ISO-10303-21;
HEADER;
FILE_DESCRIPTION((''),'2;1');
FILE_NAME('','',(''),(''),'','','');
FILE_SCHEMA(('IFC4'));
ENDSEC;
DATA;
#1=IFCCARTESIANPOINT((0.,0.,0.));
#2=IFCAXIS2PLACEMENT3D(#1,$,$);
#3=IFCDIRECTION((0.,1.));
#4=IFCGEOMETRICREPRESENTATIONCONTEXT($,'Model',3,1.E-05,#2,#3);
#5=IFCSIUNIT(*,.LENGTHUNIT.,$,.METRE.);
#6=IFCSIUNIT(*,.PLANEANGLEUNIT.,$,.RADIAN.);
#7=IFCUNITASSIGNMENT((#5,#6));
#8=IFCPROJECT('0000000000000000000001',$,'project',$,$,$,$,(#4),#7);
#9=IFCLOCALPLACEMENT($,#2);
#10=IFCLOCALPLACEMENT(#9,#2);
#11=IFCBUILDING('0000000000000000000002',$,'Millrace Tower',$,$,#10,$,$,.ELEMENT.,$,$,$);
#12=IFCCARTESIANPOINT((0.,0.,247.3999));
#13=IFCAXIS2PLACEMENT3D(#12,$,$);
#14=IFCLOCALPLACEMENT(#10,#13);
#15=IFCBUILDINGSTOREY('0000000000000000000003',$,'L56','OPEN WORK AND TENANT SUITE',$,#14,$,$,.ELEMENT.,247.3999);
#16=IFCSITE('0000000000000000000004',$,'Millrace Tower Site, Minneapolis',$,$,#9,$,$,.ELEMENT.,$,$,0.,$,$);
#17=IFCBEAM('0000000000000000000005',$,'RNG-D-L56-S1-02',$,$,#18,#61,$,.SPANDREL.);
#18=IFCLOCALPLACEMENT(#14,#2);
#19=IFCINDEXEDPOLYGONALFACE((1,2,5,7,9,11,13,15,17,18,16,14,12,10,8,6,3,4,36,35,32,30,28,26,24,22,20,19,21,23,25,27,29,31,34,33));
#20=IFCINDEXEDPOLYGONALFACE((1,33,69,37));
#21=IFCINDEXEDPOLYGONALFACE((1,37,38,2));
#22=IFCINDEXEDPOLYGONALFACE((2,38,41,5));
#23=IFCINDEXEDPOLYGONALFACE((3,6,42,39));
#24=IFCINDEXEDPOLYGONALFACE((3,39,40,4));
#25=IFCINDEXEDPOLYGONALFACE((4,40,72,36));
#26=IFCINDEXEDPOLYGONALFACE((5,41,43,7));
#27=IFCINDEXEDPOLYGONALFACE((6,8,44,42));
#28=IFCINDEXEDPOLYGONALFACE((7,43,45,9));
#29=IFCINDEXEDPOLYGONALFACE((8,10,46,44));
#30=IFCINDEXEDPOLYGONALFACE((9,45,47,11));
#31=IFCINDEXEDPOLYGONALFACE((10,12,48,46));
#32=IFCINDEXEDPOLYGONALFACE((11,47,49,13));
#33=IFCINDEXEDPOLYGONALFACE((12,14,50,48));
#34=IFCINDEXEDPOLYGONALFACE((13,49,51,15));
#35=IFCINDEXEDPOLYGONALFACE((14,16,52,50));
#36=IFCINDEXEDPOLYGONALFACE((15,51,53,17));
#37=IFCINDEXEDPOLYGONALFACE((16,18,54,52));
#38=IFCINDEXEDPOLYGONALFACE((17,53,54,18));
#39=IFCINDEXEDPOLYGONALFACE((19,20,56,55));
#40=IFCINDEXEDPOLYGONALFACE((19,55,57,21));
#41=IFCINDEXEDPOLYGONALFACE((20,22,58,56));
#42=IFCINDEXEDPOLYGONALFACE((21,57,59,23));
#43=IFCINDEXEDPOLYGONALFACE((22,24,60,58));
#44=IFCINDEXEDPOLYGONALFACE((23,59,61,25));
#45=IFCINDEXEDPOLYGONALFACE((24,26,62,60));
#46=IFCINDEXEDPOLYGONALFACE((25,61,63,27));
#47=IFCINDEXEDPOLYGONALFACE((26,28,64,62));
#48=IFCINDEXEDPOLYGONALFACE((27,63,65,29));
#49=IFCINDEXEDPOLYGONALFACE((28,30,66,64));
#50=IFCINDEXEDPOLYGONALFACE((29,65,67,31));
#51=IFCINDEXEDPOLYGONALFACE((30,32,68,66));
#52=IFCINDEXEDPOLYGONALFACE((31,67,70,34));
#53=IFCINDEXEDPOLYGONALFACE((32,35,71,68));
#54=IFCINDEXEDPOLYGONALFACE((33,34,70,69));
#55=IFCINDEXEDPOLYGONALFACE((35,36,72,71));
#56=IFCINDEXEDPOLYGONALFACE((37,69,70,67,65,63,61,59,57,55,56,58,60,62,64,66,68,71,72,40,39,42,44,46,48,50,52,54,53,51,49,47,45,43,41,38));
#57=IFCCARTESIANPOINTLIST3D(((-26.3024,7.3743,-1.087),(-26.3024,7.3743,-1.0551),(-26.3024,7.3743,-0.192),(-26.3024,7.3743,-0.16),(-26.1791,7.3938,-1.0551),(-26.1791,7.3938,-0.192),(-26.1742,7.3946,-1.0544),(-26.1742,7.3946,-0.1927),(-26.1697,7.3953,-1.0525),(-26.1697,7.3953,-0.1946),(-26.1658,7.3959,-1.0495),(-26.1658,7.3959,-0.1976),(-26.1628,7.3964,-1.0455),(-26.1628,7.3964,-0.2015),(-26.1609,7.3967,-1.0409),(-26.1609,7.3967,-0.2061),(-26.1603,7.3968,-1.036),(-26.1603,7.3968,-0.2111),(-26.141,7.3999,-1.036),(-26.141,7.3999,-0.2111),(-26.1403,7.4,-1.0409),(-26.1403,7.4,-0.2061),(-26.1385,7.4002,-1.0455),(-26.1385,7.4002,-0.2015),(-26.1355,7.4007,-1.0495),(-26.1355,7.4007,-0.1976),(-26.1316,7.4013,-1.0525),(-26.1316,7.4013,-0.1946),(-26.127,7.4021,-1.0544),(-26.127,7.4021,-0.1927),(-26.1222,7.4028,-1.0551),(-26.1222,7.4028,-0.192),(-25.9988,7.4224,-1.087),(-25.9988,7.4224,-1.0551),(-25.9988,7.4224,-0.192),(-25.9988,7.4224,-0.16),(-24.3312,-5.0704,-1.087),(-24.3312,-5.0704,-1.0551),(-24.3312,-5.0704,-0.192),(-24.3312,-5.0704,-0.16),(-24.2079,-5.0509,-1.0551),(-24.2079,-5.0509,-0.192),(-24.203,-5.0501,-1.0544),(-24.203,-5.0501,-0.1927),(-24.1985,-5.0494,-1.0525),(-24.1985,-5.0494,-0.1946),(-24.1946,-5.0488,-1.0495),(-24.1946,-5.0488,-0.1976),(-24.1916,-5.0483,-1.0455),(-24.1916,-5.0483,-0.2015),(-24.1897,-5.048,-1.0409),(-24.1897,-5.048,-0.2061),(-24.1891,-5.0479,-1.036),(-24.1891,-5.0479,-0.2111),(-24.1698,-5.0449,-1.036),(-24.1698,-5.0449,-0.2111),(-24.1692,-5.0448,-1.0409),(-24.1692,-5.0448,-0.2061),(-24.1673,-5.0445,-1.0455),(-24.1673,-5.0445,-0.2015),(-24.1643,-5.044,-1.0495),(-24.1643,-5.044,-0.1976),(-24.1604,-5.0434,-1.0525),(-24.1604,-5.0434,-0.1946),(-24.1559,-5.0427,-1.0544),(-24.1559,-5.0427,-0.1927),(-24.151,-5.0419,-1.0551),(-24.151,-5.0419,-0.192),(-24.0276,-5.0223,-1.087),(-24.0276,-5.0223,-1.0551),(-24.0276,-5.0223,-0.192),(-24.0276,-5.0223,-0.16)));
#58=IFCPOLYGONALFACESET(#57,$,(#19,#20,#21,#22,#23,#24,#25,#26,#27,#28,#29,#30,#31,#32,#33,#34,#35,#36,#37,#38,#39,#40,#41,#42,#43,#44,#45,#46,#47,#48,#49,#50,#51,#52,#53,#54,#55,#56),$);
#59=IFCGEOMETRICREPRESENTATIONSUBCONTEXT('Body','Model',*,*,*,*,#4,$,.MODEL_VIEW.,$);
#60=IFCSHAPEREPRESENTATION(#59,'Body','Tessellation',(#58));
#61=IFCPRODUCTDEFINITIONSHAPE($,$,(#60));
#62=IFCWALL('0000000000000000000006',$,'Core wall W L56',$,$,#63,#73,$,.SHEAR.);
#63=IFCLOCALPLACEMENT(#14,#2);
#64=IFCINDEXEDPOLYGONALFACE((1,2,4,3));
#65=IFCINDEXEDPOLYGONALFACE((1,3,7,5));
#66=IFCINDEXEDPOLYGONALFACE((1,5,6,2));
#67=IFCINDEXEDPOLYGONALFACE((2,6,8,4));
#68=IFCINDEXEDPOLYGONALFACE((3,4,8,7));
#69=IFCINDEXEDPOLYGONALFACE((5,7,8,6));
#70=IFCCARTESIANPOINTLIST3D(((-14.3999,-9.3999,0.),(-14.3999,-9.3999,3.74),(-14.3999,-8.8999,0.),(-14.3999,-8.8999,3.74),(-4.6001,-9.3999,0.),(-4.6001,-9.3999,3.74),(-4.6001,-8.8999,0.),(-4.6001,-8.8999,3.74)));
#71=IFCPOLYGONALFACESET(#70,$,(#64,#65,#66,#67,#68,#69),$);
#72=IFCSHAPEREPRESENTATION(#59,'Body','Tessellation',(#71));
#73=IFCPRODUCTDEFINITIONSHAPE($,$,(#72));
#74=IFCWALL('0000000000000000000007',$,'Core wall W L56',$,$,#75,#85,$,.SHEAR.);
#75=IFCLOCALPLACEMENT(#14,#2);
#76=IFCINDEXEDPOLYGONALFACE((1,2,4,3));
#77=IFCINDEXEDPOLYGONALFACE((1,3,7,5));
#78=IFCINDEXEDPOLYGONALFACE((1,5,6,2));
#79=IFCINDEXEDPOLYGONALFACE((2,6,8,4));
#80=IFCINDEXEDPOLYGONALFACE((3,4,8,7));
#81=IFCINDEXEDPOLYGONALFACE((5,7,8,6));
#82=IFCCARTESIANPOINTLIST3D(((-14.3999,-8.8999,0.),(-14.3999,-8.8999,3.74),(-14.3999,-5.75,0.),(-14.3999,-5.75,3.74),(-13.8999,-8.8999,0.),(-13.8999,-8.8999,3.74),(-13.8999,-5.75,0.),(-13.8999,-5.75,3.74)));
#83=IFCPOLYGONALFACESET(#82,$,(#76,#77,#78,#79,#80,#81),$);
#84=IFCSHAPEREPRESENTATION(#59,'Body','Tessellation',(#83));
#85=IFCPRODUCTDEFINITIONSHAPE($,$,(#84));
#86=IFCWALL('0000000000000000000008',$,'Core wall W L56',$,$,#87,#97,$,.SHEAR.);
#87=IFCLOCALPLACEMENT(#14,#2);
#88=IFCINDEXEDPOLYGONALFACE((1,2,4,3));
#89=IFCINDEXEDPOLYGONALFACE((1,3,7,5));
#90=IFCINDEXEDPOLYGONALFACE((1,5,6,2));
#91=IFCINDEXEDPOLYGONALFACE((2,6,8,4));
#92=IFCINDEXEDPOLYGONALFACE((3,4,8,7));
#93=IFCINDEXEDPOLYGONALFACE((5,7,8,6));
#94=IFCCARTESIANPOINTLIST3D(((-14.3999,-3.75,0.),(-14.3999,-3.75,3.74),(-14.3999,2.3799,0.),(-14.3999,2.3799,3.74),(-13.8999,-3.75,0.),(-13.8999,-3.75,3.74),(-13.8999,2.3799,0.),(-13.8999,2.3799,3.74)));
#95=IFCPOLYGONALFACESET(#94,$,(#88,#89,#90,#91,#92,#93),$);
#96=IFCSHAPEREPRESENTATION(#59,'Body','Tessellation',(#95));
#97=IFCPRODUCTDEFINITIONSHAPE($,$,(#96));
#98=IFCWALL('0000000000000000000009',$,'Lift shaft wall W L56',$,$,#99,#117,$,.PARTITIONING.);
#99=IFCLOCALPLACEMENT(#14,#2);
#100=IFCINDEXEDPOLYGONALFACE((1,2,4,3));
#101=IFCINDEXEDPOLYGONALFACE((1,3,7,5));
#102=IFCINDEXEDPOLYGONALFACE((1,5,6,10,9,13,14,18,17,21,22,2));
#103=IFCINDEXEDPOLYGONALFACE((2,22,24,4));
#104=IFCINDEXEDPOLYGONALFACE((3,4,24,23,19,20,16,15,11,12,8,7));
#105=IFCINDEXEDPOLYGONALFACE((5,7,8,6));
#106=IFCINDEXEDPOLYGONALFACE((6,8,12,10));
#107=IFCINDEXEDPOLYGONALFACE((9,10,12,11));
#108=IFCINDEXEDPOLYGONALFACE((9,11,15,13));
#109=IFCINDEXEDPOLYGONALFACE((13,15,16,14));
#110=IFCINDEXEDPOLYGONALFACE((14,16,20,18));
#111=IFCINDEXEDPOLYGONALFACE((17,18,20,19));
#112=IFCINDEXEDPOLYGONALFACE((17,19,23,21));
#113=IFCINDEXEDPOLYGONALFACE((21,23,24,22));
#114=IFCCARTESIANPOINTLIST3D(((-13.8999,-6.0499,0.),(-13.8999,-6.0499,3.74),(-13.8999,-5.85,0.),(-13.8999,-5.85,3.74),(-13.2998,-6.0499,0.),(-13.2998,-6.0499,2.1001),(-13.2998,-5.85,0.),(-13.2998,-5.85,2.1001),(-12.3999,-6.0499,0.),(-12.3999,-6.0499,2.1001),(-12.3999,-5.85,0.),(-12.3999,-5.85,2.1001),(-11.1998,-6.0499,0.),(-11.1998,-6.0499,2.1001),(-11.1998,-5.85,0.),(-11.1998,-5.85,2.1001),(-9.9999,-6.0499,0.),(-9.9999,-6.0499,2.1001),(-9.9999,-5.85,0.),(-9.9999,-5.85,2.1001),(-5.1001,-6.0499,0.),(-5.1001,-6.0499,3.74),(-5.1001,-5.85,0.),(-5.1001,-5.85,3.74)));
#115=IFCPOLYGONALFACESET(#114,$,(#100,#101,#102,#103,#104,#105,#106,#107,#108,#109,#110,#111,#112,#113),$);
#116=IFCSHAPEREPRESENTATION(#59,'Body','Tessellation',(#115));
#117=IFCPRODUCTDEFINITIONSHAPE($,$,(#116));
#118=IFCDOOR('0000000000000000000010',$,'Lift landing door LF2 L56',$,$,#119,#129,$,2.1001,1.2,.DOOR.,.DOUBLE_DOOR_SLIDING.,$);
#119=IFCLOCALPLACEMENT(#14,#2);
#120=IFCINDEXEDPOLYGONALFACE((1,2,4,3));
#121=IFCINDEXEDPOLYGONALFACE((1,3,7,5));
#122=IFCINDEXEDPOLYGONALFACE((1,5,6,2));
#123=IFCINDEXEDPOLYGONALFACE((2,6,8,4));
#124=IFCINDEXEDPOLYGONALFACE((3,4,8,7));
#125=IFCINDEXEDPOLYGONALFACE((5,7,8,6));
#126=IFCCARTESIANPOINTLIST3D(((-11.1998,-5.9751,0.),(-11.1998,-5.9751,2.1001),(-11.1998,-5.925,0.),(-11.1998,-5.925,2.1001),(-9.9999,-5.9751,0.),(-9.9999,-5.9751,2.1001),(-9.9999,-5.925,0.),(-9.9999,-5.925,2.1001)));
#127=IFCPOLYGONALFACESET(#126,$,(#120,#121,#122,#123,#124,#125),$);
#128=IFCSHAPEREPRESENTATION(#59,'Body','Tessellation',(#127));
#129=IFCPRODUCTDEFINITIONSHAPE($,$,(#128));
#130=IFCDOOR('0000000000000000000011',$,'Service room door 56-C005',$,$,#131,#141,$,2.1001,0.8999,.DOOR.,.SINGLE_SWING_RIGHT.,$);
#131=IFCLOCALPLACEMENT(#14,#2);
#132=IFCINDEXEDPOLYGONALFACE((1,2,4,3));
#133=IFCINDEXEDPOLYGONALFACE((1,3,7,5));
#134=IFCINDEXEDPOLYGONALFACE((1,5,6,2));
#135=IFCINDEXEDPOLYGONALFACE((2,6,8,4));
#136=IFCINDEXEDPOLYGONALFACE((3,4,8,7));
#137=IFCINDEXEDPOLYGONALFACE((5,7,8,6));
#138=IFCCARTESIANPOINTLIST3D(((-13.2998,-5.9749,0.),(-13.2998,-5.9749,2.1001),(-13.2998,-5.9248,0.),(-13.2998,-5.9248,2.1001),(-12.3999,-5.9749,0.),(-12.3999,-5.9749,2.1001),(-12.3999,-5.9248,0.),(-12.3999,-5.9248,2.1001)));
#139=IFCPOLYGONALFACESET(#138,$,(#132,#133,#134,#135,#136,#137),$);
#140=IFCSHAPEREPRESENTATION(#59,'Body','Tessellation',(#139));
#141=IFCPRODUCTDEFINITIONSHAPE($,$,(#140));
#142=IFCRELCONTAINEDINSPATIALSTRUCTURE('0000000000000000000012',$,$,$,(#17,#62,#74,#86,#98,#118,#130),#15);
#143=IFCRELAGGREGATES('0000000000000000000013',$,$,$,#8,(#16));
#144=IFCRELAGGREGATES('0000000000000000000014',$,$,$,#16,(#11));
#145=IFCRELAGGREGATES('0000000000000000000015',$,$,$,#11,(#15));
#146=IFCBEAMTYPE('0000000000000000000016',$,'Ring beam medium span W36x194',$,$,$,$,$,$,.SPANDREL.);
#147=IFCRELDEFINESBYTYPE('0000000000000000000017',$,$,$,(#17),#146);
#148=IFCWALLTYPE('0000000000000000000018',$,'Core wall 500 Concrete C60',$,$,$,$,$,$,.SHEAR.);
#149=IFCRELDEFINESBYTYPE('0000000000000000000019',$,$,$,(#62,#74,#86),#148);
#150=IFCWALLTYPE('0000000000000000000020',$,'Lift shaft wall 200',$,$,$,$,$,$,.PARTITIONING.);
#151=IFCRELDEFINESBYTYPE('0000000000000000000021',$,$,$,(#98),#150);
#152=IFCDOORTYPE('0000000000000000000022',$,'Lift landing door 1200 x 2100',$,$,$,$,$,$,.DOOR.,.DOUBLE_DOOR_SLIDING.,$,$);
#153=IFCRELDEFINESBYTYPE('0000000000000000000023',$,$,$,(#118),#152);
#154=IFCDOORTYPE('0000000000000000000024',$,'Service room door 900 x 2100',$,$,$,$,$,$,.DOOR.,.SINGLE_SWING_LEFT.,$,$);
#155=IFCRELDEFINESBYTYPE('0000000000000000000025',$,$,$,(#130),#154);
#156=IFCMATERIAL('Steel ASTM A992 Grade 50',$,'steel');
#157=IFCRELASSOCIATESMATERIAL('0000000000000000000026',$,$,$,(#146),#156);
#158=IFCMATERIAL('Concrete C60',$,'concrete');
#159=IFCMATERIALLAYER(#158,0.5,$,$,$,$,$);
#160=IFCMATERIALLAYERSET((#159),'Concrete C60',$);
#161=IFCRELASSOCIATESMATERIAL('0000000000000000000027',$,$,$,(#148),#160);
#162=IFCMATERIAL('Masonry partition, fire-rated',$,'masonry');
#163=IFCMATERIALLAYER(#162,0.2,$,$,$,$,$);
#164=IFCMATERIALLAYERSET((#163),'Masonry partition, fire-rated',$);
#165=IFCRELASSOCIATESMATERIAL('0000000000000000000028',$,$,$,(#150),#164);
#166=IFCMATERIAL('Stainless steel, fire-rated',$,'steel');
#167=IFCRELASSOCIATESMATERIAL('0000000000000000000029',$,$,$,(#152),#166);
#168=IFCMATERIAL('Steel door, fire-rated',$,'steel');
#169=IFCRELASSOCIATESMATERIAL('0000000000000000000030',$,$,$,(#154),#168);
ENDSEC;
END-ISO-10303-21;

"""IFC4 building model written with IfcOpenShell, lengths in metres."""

from ifc_helpers import new_model, si_unit, direction, frame, frame_2d, origin, origin_2d, place, context, subcontext, project, spatial, rectangle, i_section, extrude, material, layer, layer_set, material_profile, profile_set, type_object, element, fill, save


model = new_model("IFC4")

# Units and contexts
model_context = context("Model", 3, precision=1e-05, world=origin(), true_north=direction((0.0, 1.0)))
body_context = subcontext(model_context, "Body", "Model", "MODEL_VIEW")
ifc_project = project(units=[si_unit("LENGTHUNIT", "METRE"), si_unit("PLANEANGLEUNIT", "RADIAN")], contexts=[model_context])

# Site, building, storey
site_placement = place(None, origin())
site = spatial("IfcSite", under=ifc_project, at=site_placement, Name="Millrace Tower Site, Minneapolis", CompositionType="ELEMENT", RefElevation=0.0)
building_placement = place(site_placement, origin())
building = spatial("IfcBuilding", under=site, at=building_placement, Name="Millrace Tower", CompositionType="ELEMENT")
storey_placement = place(building_placement, frame((0.0, 0.0, 247.3999)))
storey = spatial("IfcBuildingStorey", under=building, at=storey_placement, Name="L56", Description="OPEN WORK AND TENANT SUITE", CompositionType="ELEMENT", Elevation=247.3999)

# Beam
ifc_material_1 = material(Name="Steel ASTM A992 Grade 50", Category="steel")
ifc_material_profile_1 = material_profile(ifc_material_1, i_section(OverallWidth=0.3074, OverallDepth=0.927, WebThickness=0.0195, FlangeThickness=0.032, FilletRadius=0.019, at=origin_2d()))
ifc_profile_set_1 = profile_set([ifc_material_profile_1], Name="Steel ASTM A992 Grade 50")
beam_type_1 = type_object("IfcBeamType", Name="Ring beam medium span W36x194", PredefinedType="SPANDREL", material=ifc_profile_set_1)
beam_1_placement = place(storey_placement, frame((-24.1794, -5.0464, -0.6235), z_axis=(-0.156444, 0.987687, 0.0), x_axis=(-0.987687, -0.156444, 0.0)))
element("IfcBeam", 1, at=beam_1_placement, inside=storey, type_object=beam_type_1, Name="RNG-D-L56-S1-02", PredefinedType="SPANDREL", context=body_context, shape_type="SweptSolid", body=[
    extrude(i_section(OverallWidth=0.3074, OverallDepth=0.927, WebThickness=0.0195, FlangeThickness=0.032, FilletRadius=0.019, at=origin_2d()), origin(), (0.0, 0.0, 1.0), 12.5999),
])

# Walls
ifc_material_2 = material(Name="Concrete C60", Category="concrete")
ifc_layer_1 = layer(ifc_material_2, 0.5)
ifc_layer_set_1 = layer_set([ifc_layer_1], Name="Concrete C60")
wall_type_1 = type_object("IfcWallType", Name="Core wall 500 Concrete C60", PredefinedType="SHEAR", material=ifc_layer_set_1)
wall_1_placement = place(storey_placement, frame((-14.3999, -9.1499, 0.0), z_axis=(0.0, 0.0, 1.0), x_axis=(1.0, 0.0, 0.0)))
element("IfcWall", 2, at=wall_1_placement, inside=storey, type_object=wall_type_1, Name="Core wall W L56", PredefinedType="SHEAR", context=body_context, shape_type="SweptSolid", body=[
    extrude(rectangle(XDim=9.7998, YDim=0.5, at=frame_2d((4.8999, 0.0))), origin(), (0.0, 0.0, 1.0), 3.74),
])
wall_2_placement = place(storey_placement, frame((-14.1499, -8.8999, 0.0), z_axis=(0.0, 0.0, 1.0), x_axis=(0.0, 1.0, 0.0)))
element("IfcWall", 3, at=wall_2_placement, inside=storey, type_object=wall_type_1, Name="Core wall W L56", PredefinedType="SHEAR", context=body_context, shape_type="SweptSolid", body=[
    extrude(rectangle(XDim=3.1499, YDim=0.5, at=frame_2d((1.575, 0.0))), origin(), (0.0, 0.0, 1.0), 3.74),
])
wall_3_placement = place(storey_placement, frame((-14.1499, -3.75, 0.0), z_axis=(0.0, 0.0, 1.0), x_axis=(0.0, 1.0, 0.0)))
element("IfcWall", 4, at=wall_3_placement, inside=storey, type_object=wall_type_1, Name="Core wall W L56", PredefinedType="SHEAR", context=body_context, shape_type="SweptSolid", body=[
    extrude(rectangle(XDim=6.1299, YDim=0.5, at=frame_2d((3.0649, 0.0))), origin(), (0.0, 0.0, 1.0), 3.74),
])

# Wall, openings, doors
ifc_material_3 = material(Name="Masonry partition, fire-rated", Category="masonry")
ifc_layer_2 = layer(ifc_material_3, 0.2)
ifc_layer_set_2 = layer_set([ifc_layer_2], Name="Masonry partition, fire-rated")
wall_type_2 = type_object("IfcWallType", Name="Lift shaft wall 200", PredefinedType="PARTITIONING", material=ifc_layer_set_2)
wall_4_placement = place(storey_placement, frame((-13.8999, -5.95, 0.0), z_axis=(0.0, 0.0, 1.0), x_axis=(1.0, 0.0, 0.0)))
wall_4 = element("IfcWall", 5, at=wall_4_placement, inside=storey, type_object=wall_type_2, Name="Lift shaft wall W L56", PredefinedType="PARTITIONING", context=body_context, shape_type="SweptSolid", body=[
    extrude(rectangle(XDim=8.7998, YDim=0.2, at=frame_2d((4.3999, 0.0))), origin(), (0.0, 0.0, 1.0), 3.74),
])
opening_1_placement = place(wall_4_placement, frame((2.7, 0.0, 0.0)))
opening_1 = element("IfcOpeningElement", 6, at=opening_1_placement, cuts=wall_4, PredefinedType="OPENING", context=body_context, shape_type="SweptSolid", body=[
    extrude(rectangle(XDim=1.2, YDim=2.1001, at=frame_2d((0.6001, 1.05))), frame((0.0, 0.1099, 0.0), z_axis=(0.0, -1.0, 0.0), x_axis=(1.0, 0.0, 0.0)), (0.0, 0.0, 1.0), 0.22),
])
opening_2_placement = place(wall_4_placement, frame((0.6001, 0.0, 0.0)))
opening_2 = element("IfcOpeningElement", 7, at=opening_2_placement, cuts=wall_4, PredefinedType="OPENING", context=body_context, shape_type="SweptSolid", body=[
    extrude(rectangle(XDim=0.8999, YDim=2.1001, at=frame_2d((0.45, 1.05))), frame((0.0, 0.1099, 0.0), z_axis=(0.0, -1.0, 0.0), x_axis=(1.0, 0.0, 0.0)), (0.0, 0.0, 1.0), 0.22),
])
ifc_material_4 = material(Name="Stainless steel, fire-rated", Category="steel")
door_type_1 = type_object("IfcDoorType", Name="Lift landing door 1200 x 2100", OperationType="DOUBLE_DOOR_SLIDING", PredefinedType="DOOR", material=ifc_material_4)
door_1_placement = place(opening_1_placement, origin())
door_1 = element("IfcDoor", 8, at=door_1_placement, inside=storey, type_object=door_type_1, Name="Lift landing door LF2 L56", OperationType="DOUBLE_DOOR_SLIDING", OverallHeight=2.1001, OverallWidth=1.2, PredefinedType="DOOR", context=body_context, shape_type="SweptSolid", body=[
    extrude(rectangle(XDim=1.2, YDim=2.1001, at=frame_2d((0.6001, 1.05))), frame((0.0, 0.0249, 0.0), z_axis=(0.0, -1.0, 0.0), x_axis=(1.0, 0.0, 0.0)), (0.0, 0.0, 1.0), 0.05),
])
fill(opening_1, door_1)
ifc_material_5 = material(Name="Steel door, fire-rated", Category="steel")
door_type_2 = type_object("IfcDoorType", Name="Service room door 900 x 2100", OperationType="SINGLE_SWING_LEFT", PredefinedType="DOOR", material=ifc_material_5)
door_2_placement = place(opening_2_placement, frame((0.8999, 0.0, 0.0), z_axis=(0.0, 0.0, 1.0), x_axis=(-1.0, 0.0, 0.0)))
door_2 = element("IfcDoor", 9, at=door_2_placement, inside=storey, type_object=door_type_2, Name="Service room door 56-C005", OperationType="SINGLE_SWING_RIGHT", OverallHeight=2.1001, OverallWidth=0.8999, PredefinedType="DOOR", context=body_context, shape_type="SweptSolid", body=[
    extrude(rectangle(XDim=0.8999, YDim=2.1001, at=frame_2d((0.45, 1.05))), frame((0.0, 0.0249, 0.0), z_axis=(0.0, -1.0, 0.0), x_axis=(1.0, 0.0, 0.0)), (0.0, 0.0, 1.0), 0.05),
])
fill(opening_2, door_2)

save(model, "model.ifc")
